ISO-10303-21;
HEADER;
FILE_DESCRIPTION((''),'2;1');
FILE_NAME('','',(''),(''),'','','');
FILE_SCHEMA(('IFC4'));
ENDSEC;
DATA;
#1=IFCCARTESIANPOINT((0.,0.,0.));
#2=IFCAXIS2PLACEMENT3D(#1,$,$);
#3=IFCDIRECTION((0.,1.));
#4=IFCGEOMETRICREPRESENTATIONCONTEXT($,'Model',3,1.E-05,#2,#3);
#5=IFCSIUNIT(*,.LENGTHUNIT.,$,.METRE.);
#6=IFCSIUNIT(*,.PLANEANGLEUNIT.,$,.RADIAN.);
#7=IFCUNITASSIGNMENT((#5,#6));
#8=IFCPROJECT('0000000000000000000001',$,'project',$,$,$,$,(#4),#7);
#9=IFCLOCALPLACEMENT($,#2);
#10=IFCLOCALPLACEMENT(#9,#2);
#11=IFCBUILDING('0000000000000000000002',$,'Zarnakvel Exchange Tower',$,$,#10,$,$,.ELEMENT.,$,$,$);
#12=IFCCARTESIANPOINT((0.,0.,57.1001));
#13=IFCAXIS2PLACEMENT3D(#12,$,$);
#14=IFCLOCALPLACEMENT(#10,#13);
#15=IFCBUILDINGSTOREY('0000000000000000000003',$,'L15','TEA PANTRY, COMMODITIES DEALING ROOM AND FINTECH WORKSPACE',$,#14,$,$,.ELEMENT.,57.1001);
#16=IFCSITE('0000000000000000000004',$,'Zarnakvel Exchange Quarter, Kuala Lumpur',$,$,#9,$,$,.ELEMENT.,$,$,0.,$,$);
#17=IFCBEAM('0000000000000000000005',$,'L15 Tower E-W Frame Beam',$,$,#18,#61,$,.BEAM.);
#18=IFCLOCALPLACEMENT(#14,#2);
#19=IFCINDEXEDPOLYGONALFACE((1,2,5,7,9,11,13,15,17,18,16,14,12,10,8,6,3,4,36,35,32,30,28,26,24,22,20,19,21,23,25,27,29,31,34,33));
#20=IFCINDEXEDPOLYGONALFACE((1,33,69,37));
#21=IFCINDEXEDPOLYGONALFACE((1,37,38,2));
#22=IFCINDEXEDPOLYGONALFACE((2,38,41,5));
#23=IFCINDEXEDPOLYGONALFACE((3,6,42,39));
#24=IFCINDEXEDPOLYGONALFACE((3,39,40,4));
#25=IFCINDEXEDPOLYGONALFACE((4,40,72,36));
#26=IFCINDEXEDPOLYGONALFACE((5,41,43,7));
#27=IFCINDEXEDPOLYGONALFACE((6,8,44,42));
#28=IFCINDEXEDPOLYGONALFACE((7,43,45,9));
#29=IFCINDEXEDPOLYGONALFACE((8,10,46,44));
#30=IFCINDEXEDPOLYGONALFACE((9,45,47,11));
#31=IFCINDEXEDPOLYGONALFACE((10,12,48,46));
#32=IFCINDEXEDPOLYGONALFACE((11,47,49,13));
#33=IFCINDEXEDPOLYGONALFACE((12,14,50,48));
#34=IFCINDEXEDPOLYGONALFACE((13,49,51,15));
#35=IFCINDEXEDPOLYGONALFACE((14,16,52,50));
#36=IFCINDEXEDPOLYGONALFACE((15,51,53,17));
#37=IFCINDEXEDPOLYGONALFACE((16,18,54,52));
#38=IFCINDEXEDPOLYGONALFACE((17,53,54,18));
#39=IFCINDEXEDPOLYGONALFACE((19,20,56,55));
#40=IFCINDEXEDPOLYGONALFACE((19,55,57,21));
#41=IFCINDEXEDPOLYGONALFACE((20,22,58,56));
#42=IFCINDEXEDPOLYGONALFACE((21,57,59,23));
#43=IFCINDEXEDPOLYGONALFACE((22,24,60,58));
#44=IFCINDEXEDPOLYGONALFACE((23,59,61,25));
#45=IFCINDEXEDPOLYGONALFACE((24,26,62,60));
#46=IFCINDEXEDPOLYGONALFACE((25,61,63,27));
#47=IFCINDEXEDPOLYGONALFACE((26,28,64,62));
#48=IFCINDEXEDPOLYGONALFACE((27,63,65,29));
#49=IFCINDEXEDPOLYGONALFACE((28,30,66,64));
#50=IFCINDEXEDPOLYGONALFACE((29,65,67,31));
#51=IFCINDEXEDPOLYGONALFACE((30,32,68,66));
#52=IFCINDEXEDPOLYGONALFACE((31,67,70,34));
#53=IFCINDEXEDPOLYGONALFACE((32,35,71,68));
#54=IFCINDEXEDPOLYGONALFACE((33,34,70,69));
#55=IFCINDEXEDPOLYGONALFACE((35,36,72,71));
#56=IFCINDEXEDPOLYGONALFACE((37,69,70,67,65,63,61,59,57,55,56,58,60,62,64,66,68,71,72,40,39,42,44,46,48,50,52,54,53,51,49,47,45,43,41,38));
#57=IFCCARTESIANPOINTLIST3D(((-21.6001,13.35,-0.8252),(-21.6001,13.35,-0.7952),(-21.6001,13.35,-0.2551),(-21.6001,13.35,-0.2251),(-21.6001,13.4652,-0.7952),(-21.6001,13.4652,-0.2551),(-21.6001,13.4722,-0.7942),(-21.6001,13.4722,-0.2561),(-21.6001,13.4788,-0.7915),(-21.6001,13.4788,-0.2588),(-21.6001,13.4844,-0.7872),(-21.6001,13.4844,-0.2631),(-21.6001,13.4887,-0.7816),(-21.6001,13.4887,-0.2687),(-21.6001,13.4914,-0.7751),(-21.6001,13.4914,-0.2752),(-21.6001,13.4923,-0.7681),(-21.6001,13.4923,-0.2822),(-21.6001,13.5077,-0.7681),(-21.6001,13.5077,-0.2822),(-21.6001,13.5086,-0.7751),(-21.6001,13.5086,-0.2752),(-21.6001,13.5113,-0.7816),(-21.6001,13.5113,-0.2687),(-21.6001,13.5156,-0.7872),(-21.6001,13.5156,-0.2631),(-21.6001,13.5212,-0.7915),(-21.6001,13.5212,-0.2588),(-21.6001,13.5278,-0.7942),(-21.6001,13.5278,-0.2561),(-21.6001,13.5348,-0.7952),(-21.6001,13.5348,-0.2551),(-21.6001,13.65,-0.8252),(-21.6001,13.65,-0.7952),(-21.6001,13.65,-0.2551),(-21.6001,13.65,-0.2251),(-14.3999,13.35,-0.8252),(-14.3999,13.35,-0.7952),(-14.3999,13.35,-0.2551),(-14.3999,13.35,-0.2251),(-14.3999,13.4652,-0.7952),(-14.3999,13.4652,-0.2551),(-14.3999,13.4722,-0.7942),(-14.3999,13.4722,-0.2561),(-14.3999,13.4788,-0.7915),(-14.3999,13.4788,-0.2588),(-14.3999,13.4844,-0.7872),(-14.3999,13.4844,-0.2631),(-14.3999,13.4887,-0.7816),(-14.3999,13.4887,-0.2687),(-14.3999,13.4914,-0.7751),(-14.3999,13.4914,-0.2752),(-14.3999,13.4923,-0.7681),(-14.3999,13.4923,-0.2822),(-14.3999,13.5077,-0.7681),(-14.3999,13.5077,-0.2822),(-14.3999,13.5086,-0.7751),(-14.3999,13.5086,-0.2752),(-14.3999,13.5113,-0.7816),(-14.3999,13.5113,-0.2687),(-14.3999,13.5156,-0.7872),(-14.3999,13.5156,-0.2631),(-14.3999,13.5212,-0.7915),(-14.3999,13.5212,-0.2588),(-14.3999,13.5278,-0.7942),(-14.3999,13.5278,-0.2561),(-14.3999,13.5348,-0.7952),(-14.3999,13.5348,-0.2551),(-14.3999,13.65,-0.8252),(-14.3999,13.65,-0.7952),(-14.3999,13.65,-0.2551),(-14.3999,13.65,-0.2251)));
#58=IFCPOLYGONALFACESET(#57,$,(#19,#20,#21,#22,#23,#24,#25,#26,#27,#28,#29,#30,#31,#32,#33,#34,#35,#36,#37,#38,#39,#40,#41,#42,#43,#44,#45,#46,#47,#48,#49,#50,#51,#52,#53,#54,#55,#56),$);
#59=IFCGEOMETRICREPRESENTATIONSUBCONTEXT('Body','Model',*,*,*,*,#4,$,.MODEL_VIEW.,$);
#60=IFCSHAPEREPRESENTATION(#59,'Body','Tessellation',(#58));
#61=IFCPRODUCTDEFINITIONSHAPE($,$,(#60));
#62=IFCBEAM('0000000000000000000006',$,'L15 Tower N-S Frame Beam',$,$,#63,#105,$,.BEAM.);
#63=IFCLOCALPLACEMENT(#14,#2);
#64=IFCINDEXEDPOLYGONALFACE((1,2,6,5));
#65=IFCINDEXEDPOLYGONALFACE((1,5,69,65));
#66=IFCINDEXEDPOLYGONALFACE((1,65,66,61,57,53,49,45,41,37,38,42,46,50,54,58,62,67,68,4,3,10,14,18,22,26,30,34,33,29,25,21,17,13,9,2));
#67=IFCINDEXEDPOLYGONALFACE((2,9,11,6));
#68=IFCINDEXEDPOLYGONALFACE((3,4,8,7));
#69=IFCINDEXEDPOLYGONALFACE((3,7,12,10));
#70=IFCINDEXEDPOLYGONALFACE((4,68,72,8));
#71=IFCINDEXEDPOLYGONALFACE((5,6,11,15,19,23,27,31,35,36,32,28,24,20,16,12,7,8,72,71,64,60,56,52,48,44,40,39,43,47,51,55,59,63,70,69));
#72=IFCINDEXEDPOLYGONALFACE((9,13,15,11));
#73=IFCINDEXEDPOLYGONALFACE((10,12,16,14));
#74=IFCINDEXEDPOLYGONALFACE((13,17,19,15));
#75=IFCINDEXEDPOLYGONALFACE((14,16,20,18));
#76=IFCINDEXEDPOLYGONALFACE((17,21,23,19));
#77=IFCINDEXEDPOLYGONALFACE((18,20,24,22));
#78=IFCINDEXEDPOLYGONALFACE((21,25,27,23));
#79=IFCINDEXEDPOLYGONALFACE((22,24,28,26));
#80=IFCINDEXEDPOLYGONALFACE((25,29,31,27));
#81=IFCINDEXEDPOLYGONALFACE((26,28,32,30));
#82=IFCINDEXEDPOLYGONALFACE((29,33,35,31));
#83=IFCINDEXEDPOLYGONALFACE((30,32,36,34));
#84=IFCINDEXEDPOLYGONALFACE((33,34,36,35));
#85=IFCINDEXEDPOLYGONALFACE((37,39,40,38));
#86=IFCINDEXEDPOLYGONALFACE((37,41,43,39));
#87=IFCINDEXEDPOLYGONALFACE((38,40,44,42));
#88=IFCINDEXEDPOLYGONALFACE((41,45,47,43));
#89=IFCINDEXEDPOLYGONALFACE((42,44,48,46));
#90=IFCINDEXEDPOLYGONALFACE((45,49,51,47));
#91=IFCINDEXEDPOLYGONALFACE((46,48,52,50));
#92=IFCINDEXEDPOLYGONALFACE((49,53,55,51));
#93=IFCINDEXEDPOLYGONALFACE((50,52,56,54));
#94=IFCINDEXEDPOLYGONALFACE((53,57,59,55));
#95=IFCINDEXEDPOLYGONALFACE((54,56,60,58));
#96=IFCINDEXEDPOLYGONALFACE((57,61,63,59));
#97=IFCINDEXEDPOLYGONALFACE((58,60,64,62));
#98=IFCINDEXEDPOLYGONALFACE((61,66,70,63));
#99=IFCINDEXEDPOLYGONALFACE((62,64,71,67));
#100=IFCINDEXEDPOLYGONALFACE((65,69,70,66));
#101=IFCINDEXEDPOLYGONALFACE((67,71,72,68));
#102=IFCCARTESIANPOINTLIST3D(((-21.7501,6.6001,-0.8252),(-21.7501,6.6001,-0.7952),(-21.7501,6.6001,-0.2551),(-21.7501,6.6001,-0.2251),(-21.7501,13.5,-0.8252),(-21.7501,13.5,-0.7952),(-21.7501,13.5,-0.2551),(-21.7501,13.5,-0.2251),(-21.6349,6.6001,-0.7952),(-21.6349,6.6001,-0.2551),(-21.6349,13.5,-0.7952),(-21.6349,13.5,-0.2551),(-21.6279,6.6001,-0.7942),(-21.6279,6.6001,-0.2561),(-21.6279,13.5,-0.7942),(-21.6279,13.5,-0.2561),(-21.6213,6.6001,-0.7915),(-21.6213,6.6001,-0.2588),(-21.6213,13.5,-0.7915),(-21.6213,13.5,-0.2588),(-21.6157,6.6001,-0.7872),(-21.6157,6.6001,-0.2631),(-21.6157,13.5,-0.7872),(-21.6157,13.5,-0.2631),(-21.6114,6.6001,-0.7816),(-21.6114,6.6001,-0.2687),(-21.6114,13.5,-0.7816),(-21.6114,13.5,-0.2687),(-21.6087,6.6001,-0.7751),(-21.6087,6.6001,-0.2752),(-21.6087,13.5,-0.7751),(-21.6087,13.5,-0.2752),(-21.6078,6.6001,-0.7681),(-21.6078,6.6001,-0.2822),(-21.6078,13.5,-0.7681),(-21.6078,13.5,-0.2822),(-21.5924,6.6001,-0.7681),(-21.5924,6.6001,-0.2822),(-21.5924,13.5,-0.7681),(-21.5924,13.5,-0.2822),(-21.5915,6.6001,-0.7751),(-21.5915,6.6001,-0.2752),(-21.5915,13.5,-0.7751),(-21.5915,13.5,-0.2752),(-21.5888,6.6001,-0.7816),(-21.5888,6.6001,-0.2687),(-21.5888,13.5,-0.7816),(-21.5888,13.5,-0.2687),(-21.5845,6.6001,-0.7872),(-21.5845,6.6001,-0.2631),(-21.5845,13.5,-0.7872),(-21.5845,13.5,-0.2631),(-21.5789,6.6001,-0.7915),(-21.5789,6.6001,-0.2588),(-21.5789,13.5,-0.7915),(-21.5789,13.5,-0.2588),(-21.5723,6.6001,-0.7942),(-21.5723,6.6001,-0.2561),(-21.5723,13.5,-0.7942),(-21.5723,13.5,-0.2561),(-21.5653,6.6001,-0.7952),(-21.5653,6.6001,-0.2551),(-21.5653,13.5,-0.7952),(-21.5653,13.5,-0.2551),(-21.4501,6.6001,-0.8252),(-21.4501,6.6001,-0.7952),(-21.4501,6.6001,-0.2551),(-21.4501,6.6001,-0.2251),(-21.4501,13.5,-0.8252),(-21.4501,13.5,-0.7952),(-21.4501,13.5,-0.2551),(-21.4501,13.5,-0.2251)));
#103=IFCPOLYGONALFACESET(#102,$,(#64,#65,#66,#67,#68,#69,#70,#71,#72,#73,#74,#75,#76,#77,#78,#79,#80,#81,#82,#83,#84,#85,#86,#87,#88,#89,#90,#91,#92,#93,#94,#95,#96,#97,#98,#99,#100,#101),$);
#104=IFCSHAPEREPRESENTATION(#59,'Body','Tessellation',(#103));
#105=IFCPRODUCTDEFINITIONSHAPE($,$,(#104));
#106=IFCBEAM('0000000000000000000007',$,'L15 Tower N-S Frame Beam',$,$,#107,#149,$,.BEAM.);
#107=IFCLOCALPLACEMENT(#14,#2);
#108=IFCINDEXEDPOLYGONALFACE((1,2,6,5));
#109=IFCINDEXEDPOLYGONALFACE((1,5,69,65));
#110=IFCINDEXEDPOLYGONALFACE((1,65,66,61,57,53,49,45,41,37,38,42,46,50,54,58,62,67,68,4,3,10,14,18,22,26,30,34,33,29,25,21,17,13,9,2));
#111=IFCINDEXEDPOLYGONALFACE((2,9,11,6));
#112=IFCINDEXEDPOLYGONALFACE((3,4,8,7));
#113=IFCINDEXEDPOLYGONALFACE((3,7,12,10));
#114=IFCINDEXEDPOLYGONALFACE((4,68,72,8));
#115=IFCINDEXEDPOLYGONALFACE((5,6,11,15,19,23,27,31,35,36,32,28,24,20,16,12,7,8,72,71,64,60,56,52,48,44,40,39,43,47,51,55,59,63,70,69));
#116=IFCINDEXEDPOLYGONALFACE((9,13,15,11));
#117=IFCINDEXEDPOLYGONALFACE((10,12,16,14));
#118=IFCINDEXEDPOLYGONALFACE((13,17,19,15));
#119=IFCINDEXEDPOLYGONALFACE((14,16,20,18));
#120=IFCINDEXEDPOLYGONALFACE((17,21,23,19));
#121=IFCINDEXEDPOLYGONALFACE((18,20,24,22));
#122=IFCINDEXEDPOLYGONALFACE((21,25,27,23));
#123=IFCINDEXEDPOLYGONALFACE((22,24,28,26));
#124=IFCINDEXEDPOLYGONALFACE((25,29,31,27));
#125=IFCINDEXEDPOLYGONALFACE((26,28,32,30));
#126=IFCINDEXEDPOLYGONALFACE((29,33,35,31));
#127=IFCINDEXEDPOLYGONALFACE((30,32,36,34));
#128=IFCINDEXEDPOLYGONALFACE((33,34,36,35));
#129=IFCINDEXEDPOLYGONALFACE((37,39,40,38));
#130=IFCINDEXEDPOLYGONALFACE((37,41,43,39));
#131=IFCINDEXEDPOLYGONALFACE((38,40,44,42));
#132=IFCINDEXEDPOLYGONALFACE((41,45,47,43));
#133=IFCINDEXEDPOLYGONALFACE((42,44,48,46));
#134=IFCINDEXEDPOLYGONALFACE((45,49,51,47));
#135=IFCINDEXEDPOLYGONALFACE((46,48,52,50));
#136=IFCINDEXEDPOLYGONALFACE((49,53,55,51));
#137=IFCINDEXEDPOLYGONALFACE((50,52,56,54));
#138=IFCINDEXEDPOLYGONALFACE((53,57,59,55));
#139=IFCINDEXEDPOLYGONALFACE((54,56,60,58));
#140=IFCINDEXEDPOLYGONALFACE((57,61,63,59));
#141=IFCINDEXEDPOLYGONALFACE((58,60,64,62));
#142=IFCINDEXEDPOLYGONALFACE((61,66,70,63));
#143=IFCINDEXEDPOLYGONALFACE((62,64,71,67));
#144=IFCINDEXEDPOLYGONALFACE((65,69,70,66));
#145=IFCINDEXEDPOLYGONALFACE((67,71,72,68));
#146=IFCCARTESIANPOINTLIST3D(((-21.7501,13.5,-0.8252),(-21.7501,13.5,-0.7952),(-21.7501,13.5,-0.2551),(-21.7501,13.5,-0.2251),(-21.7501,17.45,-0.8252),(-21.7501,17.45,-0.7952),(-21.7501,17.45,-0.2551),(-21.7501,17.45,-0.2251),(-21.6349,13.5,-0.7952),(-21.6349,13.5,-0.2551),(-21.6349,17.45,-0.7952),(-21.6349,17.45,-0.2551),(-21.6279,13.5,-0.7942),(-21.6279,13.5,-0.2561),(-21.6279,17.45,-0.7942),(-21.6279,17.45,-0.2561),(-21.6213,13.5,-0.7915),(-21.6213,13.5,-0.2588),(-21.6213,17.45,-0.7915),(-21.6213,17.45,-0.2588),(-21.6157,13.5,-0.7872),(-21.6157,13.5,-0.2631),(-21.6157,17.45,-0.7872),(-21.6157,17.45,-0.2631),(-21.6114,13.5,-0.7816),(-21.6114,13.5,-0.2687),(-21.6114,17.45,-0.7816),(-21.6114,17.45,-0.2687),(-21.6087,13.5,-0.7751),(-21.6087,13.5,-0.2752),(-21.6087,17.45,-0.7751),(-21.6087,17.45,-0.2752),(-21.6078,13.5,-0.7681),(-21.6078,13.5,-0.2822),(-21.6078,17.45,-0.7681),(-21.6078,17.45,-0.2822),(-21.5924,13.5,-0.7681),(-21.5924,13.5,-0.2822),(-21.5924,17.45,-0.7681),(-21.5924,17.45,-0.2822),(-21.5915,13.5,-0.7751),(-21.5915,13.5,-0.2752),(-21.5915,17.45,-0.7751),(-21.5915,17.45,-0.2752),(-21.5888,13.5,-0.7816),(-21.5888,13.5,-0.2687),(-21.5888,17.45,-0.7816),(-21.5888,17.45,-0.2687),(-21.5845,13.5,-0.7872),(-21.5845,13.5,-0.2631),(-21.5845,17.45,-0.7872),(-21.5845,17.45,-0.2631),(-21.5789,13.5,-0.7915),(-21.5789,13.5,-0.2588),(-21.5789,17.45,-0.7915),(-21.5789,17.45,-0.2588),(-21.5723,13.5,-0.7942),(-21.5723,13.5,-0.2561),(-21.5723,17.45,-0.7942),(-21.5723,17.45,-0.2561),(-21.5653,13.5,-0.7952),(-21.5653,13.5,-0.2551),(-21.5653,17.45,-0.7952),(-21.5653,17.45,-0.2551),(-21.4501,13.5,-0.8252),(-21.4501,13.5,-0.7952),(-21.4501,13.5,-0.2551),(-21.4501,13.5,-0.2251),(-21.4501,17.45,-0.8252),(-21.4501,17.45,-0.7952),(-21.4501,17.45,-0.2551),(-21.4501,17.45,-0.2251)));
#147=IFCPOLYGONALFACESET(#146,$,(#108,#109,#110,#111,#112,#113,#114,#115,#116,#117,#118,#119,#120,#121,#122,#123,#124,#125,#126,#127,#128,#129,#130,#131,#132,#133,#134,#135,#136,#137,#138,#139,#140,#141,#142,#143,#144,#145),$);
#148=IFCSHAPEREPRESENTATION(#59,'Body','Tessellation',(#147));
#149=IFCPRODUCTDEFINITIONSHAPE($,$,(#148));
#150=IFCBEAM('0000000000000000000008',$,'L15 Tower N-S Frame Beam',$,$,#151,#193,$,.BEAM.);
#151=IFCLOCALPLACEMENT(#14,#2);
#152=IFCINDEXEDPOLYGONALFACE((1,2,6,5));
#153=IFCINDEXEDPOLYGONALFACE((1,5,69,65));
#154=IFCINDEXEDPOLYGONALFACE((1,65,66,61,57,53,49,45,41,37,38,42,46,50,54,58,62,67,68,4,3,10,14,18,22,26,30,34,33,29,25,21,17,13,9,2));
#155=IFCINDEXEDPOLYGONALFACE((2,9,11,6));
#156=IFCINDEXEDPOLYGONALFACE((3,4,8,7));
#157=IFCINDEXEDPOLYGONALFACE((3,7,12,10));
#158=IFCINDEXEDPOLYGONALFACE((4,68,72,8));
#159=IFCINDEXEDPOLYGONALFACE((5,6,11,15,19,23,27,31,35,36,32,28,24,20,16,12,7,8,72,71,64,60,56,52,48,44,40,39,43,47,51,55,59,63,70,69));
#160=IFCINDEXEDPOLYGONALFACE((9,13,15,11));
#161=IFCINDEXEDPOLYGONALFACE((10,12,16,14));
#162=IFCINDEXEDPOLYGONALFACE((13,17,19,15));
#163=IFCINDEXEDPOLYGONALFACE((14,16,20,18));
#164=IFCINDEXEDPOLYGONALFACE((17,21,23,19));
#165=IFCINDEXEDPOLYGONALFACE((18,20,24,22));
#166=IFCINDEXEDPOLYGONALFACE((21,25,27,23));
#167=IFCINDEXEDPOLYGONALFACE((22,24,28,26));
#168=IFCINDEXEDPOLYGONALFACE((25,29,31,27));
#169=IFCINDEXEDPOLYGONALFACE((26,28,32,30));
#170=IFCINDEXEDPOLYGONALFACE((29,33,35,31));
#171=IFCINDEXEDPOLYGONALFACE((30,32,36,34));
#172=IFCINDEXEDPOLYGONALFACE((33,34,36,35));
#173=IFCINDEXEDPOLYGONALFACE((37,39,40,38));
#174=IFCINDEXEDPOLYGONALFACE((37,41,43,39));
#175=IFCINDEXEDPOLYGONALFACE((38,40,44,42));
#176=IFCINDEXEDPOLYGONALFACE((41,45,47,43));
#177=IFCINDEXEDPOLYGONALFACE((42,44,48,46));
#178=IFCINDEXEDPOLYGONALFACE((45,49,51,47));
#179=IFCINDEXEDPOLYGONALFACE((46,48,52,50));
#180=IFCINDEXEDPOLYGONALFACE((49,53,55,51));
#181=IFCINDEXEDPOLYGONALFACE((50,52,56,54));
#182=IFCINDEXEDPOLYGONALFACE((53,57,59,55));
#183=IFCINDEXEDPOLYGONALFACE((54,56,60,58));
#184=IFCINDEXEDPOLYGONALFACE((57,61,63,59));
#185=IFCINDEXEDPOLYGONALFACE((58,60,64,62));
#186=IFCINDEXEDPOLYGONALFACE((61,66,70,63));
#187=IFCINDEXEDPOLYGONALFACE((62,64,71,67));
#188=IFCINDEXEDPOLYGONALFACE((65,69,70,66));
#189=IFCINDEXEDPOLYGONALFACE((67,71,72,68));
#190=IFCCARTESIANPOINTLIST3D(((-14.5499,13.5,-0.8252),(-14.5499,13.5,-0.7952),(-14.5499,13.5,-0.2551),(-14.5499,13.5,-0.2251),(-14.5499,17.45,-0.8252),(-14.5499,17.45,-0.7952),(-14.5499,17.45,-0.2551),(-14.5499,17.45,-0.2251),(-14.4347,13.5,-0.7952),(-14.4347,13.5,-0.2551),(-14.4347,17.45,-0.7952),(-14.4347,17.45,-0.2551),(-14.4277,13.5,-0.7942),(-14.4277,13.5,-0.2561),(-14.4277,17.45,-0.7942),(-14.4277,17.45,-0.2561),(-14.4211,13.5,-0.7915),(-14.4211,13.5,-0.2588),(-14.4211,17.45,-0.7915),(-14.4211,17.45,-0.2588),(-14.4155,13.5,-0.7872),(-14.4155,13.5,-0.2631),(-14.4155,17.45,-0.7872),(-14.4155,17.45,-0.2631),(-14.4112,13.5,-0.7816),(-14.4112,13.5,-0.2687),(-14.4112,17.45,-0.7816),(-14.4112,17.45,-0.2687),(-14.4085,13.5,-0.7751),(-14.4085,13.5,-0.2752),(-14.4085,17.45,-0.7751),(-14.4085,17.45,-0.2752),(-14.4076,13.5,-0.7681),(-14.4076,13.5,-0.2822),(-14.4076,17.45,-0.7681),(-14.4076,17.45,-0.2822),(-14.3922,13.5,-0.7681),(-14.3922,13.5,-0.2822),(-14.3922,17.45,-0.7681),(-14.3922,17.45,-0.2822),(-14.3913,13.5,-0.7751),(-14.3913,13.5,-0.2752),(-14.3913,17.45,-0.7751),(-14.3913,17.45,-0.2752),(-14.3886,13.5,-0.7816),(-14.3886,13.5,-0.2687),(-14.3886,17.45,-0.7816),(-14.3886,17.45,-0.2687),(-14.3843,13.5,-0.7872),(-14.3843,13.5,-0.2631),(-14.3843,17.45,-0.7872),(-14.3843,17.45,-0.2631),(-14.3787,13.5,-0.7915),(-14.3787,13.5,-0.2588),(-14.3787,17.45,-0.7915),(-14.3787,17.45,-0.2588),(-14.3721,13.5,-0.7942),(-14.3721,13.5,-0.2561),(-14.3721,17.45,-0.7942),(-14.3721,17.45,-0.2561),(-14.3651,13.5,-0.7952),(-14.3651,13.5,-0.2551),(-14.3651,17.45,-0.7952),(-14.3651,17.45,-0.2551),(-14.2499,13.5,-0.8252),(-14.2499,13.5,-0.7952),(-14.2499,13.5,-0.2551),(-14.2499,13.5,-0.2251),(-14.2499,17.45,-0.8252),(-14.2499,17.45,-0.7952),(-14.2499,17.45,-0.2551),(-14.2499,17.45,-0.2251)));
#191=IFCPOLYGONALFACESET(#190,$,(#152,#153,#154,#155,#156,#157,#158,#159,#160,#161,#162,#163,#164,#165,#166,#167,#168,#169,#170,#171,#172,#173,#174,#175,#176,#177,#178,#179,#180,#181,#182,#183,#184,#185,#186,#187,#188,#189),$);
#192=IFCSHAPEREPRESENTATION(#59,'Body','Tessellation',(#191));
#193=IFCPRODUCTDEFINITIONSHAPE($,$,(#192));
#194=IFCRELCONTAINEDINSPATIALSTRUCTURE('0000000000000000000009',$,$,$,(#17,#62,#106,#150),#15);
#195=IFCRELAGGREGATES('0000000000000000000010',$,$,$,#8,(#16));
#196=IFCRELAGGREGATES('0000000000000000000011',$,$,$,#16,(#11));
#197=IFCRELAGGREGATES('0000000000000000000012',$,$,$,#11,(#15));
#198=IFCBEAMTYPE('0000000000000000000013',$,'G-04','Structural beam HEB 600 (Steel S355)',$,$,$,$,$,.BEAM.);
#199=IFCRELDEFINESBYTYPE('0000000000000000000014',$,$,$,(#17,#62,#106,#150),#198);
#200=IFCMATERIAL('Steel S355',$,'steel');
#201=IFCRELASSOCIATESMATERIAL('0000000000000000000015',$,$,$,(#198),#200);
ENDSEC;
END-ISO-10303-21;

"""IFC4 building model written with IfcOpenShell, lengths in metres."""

from ifc_helpers import new_model, si_unit, direction, frame, origin, origin_2d, place, context, subcontext, project, spatial, i_section, extrude, material, material_profile, profile_set, type_object, element, save


model = new_model("IFC4")

# Units and contexts
model_context = context("Model", 3, precision=1e-05, world=origin(), true_north=direction((0.0, 1.0)))
body_context = subcontext(model_context, "Body", "Model", "MODEL_VIEW")
ifc_project = project(units=[si_unit("LENGTHUNIT", "METRE"), si_unit("PLANEANGLEUNIT", "RADIAN")], contexts=[model_context])

# Site, building, storey
site_placement = place(None, origin())
site = spatial("IfcSite", under=ifc_project, at=site_placement, Name="Zarnakvel Exchange Quarter, Kuala Lumpur", CompositionType="ELEMENT", RefElevation=0.0)
building_placement = place(site_placement, origin())
building = spatial("IfcBuilding", under=site, at=building_placement, Name="Zarnakvel Exchange Tower", CompositionType="ELEMENT")
storey_placement = place(building_placement, frame((0.0, 0.0, 57.1001)))
storey = spatial("IfcBuildingStorey", under=building, at=storey_placement, Name="L15", Description="TEA PANTRY, COMMODITIES DEALING ROOM AND FINTECH WORKSPACE", CompositionType="ELEMENT", Elevation=57.1001)

# Shared definitions
ifc_material_1 = material(Name="Steel S355", Category="steel")

# Beams
ifc_material_profile_1 = material_profile(ifc_material_1, i_section(OverallWidth=0.3, OverallDepth=0.6001, WebThickness=0.0154, FlangeThickness=0.03, FilletRadius=0.0271, at=origin_2d()))
ifc_profile_set_1 = profile_set([ifc_material_profile_1], Name="Steel S355")
beam_type = type_object("IfcBeamType", Name="G-04", Description="Structural beam HEB 600 (Steel S355)", PredefinedType="BEAM", material=ifc_profile_set_1)
beam_1_placement = place(storey_placement, frame((-21.6001, 13.5, -0.5251), z_axis=(1.0, 0.0, 0.0), x_axis=(0.0, 1.0, 0.0)))
element("IfcBeam", 1, at=beam_1_placement, inside=storey, type_object=beam_type, Name="L15 Tower E-W Frame Beam", PredefinedType="BEAM", context=body_context, shape_type="SweptSolid", body=[
    extrude(i_section(OverallWidth=0.3, OverallDepth=0.6001, WebThickness=0.0154, FlangeThickness=0.03, FilletRadius=0.0271, at=origin_2d()), origin(), (0.0, 0.0, 1.0), 7.2002),
])
beam_2_placement = place(storey_placement, frame((-21.6001, 6.6001, -0.5251), z_axis=(0.0, 1.0, 0.0), x_axis=(-1.0, 0.0, 0.0)))
element("IfcBeam", 2, at=beam_2_placement, inside=storey, type_object=beam_type, Name="L15 Tower N-S Frame Beam", PredefinedType="BEAM", context=body_context, shape_type="SweptSolid", body=[
    extrude(i_section(OverallWidth=0.3, OverallDepth=0.6001, WebThickness=0.0154, FlangeThickness=0.03, FilletRadius=0.0271, at=origin_2d()), origin(), (0.0, 0.0, 1.0), 6.8999),
])
for number, where, z_axis, x_axis, name in (
    (3, (-21.6001, 13.5, -0.5251), (0.0, 1.0, 0.0), (-1.0, 0.0, 0.0), "L15 Tower N-S Frame Beam"),
    (4, (-14.3999, 13.5, -0.5251), (0.0, 1.0, 0.0), (-1.0, 0.0, 0.0), "L15 Tower N-S Frame Beam"),
):
    element("IfcBeam", number, at=place(storey_placement, frame(where, z_axis=z_axis, x_axis=x_axis)), inside=storey, type_object=beam_type, Name=name, PredefinedType="BEAM", context=body_context, shape_type="SweptSolid", body=[
        extrude(i_section(OverallWidth=0.3, OverallDepth=0.6001, WebThickness=0.0154, FlangeThickness=0.03, FilletRadius=0.0271, at=origin_2d()), origin(), (0.0, 0.0, 1.0), 3.95),
    ])

save(model, "model.ifc")
